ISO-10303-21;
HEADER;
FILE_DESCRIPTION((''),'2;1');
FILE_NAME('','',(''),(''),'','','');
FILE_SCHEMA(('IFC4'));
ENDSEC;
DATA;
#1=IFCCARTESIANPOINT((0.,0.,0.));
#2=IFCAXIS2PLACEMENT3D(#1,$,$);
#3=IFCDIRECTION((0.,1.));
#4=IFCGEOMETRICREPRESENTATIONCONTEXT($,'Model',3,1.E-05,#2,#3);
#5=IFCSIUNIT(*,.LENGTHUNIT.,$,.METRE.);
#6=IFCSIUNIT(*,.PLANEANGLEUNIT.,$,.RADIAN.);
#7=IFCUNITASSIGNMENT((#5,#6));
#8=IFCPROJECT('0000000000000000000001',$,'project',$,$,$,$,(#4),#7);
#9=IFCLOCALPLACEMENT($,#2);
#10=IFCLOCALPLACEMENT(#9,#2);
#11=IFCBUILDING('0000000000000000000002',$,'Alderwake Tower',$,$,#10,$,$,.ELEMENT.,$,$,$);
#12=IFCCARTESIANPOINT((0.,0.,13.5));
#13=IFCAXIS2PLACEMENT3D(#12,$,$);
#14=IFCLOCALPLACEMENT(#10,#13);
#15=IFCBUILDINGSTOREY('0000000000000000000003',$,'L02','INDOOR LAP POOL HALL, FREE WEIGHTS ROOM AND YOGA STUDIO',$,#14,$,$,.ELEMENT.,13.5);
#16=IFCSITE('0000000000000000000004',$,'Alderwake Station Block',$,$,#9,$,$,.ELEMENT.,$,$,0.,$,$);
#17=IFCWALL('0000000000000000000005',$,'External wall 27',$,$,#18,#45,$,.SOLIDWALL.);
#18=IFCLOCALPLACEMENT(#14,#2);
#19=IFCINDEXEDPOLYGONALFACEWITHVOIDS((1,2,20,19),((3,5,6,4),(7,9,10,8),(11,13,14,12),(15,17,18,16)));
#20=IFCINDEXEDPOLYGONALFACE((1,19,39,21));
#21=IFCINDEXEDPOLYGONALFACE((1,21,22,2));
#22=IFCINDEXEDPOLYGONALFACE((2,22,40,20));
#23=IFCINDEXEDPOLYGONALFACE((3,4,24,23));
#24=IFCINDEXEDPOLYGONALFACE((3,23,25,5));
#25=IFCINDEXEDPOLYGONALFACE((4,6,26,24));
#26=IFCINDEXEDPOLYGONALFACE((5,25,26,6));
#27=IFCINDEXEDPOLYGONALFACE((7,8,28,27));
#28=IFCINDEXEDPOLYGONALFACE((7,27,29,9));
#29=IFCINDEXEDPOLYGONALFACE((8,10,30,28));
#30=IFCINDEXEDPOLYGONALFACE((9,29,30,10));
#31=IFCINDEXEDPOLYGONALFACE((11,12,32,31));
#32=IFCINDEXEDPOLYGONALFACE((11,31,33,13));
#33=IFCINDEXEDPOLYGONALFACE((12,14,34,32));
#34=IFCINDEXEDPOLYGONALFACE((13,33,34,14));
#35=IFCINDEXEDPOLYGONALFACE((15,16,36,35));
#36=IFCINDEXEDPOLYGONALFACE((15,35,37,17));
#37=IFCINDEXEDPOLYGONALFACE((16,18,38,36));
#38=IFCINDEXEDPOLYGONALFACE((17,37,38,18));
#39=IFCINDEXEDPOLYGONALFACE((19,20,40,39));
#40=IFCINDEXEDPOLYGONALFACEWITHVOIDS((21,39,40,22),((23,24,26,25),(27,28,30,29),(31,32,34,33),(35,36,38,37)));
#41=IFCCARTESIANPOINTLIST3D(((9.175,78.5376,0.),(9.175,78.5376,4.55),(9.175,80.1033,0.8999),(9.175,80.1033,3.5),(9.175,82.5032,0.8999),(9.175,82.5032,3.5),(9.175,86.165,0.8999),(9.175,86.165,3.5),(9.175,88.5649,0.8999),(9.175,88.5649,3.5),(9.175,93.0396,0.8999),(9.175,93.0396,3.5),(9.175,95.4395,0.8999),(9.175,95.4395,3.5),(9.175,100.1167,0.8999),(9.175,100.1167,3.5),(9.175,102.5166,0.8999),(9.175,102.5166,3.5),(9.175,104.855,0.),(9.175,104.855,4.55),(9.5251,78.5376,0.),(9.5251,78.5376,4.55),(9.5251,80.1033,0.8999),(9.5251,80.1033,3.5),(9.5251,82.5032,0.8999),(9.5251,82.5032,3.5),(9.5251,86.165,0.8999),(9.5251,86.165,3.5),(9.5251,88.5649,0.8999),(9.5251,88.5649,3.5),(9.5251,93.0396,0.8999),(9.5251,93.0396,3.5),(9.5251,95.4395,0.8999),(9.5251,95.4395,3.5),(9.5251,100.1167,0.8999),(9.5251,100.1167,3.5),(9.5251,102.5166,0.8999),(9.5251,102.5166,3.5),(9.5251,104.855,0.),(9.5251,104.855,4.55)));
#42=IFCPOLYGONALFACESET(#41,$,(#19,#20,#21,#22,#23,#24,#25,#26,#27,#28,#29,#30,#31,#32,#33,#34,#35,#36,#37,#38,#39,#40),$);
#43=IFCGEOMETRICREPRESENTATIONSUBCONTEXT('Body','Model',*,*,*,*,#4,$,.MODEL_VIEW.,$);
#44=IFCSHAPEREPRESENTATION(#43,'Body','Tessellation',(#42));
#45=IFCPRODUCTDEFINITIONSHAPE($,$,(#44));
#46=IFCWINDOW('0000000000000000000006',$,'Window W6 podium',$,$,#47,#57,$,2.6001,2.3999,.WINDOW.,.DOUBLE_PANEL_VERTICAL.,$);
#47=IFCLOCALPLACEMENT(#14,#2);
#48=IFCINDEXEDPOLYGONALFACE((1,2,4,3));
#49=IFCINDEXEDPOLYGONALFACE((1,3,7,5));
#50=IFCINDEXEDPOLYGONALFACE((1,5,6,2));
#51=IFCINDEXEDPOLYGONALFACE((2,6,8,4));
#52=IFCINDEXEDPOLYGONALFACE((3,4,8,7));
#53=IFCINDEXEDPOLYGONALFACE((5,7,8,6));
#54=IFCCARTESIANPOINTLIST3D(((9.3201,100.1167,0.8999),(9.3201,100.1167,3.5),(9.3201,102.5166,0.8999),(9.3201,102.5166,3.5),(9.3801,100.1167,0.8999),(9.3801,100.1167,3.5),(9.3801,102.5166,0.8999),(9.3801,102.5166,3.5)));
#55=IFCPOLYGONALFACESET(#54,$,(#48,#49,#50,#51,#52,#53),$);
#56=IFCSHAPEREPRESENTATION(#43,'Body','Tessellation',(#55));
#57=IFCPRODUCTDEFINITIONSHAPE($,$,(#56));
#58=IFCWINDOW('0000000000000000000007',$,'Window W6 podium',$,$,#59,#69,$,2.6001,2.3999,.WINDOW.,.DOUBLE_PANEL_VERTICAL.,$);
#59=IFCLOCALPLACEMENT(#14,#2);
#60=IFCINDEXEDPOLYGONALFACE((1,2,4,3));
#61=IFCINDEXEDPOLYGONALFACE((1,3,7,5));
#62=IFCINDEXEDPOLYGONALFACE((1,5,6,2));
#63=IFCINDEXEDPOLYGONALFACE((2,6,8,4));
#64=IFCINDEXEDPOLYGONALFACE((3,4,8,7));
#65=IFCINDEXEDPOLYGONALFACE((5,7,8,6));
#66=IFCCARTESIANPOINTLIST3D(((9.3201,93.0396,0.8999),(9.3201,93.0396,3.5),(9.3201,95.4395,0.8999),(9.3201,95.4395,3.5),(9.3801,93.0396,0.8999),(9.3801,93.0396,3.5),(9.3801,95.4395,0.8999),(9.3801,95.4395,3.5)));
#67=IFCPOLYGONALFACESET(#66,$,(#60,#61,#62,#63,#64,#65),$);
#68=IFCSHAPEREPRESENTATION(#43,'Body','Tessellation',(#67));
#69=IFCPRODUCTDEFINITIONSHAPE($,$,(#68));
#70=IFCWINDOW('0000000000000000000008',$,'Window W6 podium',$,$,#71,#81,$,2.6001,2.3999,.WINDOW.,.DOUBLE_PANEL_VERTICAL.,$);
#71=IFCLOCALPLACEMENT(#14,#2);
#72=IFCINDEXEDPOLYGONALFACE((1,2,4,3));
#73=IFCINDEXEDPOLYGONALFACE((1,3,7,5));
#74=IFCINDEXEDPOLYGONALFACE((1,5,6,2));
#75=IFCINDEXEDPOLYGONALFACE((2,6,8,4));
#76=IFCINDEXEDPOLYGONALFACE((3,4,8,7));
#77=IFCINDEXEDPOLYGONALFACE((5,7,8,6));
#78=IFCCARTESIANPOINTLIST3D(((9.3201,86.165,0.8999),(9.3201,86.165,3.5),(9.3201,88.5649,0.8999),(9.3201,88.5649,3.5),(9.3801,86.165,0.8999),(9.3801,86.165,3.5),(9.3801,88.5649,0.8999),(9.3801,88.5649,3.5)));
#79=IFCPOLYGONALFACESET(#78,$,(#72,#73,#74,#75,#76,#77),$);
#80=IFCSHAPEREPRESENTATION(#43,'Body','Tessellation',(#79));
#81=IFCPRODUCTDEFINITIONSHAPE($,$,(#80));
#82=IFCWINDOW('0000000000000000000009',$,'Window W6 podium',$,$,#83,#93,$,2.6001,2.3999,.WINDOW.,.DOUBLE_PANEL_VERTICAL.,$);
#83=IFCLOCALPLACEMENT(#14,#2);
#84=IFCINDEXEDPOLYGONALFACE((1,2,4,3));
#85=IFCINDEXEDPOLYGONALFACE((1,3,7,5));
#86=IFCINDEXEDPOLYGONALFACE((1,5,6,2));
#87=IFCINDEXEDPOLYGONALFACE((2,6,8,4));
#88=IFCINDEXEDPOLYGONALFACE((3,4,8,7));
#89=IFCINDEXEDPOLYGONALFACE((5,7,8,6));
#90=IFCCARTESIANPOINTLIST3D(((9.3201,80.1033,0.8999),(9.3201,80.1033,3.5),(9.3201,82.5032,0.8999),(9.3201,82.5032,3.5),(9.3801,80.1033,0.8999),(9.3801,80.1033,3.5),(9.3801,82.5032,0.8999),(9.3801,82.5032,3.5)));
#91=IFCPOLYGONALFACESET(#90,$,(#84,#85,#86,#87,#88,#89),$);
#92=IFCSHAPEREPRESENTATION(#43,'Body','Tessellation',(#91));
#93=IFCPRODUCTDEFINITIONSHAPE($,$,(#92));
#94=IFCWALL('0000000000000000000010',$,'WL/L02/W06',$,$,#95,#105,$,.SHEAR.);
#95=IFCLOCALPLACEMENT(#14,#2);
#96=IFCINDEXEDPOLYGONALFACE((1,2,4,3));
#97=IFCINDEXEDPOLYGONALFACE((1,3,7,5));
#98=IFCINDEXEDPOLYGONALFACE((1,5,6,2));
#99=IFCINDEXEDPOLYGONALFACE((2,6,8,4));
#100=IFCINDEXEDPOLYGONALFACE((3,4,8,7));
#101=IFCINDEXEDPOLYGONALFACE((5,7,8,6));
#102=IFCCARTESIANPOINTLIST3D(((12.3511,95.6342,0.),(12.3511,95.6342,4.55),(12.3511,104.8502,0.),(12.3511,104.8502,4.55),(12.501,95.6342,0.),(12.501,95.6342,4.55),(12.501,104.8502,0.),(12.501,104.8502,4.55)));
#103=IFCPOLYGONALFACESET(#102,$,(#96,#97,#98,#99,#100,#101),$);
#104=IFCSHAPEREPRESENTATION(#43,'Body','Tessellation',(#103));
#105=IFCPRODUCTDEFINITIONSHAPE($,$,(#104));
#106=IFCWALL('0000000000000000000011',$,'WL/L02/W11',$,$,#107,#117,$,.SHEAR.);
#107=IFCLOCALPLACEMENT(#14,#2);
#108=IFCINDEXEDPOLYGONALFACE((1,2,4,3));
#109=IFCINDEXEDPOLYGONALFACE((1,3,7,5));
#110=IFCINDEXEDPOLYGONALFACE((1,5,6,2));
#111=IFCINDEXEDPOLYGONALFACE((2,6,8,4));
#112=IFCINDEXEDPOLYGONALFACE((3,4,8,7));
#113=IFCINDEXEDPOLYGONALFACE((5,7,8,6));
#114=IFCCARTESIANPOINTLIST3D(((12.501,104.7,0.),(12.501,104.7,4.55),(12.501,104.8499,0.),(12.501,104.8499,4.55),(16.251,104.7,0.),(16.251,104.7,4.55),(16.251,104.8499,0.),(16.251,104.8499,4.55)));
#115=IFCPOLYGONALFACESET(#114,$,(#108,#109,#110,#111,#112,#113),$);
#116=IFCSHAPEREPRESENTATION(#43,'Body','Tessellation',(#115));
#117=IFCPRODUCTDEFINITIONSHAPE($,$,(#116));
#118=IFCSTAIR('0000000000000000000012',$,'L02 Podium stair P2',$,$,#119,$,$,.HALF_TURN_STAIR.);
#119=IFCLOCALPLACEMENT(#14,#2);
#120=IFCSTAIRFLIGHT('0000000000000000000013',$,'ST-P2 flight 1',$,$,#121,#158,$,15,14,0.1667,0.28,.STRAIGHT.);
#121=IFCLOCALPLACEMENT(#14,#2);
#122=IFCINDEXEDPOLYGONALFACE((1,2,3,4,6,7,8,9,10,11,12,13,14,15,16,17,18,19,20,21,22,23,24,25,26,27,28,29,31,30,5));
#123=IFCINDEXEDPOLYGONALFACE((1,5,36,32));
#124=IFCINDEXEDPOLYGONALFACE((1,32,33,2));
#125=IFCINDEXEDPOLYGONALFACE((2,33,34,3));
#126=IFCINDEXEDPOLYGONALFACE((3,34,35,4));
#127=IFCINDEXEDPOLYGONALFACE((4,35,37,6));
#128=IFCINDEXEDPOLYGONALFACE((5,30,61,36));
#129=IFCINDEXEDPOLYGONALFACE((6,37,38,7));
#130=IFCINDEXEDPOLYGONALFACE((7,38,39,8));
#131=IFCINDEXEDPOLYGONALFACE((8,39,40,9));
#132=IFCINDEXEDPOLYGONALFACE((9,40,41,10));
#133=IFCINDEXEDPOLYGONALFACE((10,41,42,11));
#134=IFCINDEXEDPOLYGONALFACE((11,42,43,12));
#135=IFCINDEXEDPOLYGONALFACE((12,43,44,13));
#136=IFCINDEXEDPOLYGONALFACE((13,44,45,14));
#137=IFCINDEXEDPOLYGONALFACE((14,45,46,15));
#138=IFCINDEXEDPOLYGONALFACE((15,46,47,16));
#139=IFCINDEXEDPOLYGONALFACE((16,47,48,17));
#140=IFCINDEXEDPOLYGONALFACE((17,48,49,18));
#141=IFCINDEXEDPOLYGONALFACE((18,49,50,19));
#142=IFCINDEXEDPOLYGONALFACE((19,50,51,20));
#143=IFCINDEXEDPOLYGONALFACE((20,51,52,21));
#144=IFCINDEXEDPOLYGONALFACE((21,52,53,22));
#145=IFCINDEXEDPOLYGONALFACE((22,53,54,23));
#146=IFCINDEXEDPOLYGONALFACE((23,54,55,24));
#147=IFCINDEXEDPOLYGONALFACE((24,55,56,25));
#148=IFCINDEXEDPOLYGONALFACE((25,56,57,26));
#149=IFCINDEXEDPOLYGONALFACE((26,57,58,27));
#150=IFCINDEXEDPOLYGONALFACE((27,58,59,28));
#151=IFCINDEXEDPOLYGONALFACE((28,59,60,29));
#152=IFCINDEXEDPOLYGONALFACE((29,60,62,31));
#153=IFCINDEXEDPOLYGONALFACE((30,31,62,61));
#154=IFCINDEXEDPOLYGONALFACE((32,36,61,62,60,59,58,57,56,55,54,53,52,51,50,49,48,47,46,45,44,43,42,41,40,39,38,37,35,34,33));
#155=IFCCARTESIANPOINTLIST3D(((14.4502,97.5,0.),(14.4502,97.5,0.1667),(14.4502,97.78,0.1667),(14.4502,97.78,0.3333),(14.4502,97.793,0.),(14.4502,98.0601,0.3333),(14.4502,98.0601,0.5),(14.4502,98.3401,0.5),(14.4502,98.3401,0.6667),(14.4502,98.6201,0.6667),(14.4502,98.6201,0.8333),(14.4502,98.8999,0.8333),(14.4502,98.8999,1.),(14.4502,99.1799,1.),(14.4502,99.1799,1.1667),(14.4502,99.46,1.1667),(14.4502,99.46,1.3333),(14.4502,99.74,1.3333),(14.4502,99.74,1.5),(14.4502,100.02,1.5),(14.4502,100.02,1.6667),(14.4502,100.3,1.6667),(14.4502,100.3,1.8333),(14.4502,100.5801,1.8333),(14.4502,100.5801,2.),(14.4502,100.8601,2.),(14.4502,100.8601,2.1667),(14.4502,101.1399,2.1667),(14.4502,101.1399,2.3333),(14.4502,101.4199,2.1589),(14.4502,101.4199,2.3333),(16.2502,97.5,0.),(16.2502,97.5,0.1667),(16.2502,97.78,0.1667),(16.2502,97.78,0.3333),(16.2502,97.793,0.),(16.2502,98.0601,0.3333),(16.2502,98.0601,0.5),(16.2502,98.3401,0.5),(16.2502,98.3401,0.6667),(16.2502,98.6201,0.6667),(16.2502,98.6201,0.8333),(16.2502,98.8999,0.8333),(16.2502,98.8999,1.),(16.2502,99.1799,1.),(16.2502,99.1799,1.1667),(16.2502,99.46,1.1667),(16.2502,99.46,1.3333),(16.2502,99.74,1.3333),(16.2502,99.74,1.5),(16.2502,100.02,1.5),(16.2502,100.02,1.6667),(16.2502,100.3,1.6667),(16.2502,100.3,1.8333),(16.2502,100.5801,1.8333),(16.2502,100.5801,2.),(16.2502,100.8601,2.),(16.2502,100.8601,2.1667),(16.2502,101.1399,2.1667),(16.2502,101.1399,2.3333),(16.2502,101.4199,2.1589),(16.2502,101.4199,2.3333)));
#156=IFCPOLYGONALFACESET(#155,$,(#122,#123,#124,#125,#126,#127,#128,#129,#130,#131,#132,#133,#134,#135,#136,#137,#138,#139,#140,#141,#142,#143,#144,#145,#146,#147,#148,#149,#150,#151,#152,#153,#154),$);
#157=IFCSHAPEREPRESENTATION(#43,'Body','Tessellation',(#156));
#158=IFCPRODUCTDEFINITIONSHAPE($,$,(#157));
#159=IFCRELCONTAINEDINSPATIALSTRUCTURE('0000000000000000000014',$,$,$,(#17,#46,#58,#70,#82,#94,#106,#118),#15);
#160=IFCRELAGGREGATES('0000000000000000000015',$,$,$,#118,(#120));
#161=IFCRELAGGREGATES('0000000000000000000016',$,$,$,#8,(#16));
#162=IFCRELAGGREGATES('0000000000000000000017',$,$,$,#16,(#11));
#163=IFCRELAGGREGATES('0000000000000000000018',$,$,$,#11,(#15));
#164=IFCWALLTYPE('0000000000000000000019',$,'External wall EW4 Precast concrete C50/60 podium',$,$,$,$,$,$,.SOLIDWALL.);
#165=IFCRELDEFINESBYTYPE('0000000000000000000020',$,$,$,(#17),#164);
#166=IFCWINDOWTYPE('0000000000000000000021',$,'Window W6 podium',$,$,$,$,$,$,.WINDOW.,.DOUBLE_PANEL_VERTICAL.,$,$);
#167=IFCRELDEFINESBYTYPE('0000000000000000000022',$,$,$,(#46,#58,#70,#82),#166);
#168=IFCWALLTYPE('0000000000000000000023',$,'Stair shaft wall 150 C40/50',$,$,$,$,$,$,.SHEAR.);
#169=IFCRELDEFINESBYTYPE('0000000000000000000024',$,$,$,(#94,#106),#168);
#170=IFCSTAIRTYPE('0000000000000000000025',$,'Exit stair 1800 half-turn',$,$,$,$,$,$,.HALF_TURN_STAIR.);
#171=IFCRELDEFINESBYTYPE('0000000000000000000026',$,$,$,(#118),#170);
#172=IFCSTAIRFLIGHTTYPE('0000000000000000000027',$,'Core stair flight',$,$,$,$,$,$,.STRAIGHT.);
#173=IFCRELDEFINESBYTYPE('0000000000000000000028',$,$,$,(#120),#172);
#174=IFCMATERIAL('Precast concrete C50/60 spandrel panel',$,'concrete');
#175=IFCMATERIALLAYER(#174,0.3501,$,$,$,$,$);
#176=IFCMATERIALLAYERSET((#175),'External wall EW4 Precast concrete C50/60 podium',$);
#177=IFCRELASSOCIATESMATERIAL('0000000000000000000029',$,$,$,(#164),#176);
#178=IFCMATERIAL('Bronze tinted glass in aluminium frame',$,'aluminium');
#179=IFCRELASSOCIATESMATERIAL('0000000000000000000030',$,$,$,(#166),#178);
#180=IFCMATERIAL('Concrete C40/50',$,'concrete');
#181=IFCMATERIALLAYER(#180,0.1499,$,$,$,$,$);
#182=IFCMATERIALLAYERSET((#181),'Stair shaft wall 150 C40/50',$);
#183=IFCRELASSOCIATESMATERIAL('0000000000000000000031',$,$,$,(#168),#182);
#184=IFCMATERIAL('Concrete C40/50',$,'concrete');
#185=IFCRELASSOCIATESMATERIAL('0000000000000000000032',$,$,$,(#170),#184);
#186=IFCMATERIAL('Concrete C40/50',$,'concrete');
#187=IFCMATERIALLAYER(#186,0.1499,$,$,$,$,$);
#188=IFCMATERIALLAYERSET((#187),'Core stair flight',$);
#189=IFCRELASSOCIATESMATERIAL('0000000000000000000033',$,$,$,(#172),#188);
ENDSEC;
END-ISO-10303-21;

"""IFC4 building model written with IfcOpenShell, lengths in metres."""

from ifc_helpers import new_model, si_unit, direction, frame, frame_2d, origin, place, context, subcontext, project, spatial, polyline, rectangle, outline, extrude, material, layer, layer_set, type_object, element, fill, aggregate, save


model = new_model("IFC4")

# Units and contexts
model_context = context("Model", 3, precision=1e-05, world=origin(), true_north=direction((0.0, 1.0)))
body_context = subcontext(model_context, "Body", "Model", "MODEL_VIEW")
ifc_project = project(units=[si_unit("LENGTHUNIT", "METRE"), si_unit("PLANEANGLEUNIT", "RADIAN")], contexts=[model_context])

# Site, building, storey
site_placement = place(None, origin())
site = spatial("IfcSite", under=ifc_project, at=site_placement, Name="Alderwake Station Block", CompositionType="ELEMENT", RefElevation=0.0)
building_placement = place(site_placement, origin())
building = spatial("IfcBuilding", under=site, at=building_placement, Name="Alderwake Tower", CompositionType="ELEMENT")
storey_placement = place(building_placement, frame((0.0, 0.0, 13.5)))
storey = spatial("IfcBuildingStorey", under=building, at=storey_placement, Name="L02", Description="INDOOR LAP POOL HALL, FREE WEIGHTS ROOM AND YOGA STUDIO", CompositionType="ELEMENT", Elevation=13.5)

# Shared definitions
ifc_material_1 = material(Name="Precast concrete C50/60 spandrel panel", Category="concrete")
ifc_layer_1 = layer(ifc_material_1, 0.3501)
ifc_layer_set_1 = layer_set([ifc_layer_1], Name="External wall EW4 Precast concrete C50/60 podium")
wall_type_1 = type_object("IfcWallType", Name="External wall EW4 Precast concrete C50/60 podium", PredefinedType="SOLIDWALL", material=ifc_layer_set_1)
ifc_material_2 = material(Name="Bronze tinted glass in aluminium frame", Category="aluminium")
window_type = type_object("IfcWindowType", Name="Window W6 podium", PartitioningType="DOUBLE_PANEL_VERTICAL", PredefinedType="WINDOW", material=ifc_material_2)

# Wall, openings, windows
wall_1_placement = place(storey_placement, frame((9.3501, 104.855, 0.0), z_axis=(0.0, 0.0, 1.0), x_axis=(0.0, -1.0, 0.0)))
wall_1 = element("IfcWall", 1, at=wall_1_placement, inside=storey, type_object=wall_type_1, Name="External wall 27", PredefinedType="SOLIDWALL", context=body_context, shape_type="SweptSolid", body=[
    extrude(rectangle(XDim=26.3174, YDim=0.3501, at=frame_2d((13.1587, 0.0))), origin(), (0.0, 0.0, 1.0), 4.55),
])
opening_1_placement = place(wall_1_placement, frame((2.3384, 0.0, 0.8999)))
opening_1 = element("IfcOpeningElement", 2, at=opening_1_placement, cuts=wall_1, PredefinedType="OPENING", context=body_context, shape_type="SweptSolid", body=[
    extrude(rectangle(XDim=2.3999, YDim=2.6001, at=frame_2d((1.2, 1.3))), frame((0.0, 0.1851, 0.0), z_axis=(0.0, -1.0, 0.0), x_axis=(1.0, 0.0, 0.0)), (0.0, 0.0, 1.0), 0.3701),
])
opening_2_placement = place(wall_1_placement, frame((9.4155, 0.0, 0.8999)))
opening_2 = element("IfcOpeningElement", 3, at=opening_2_placement, cuts=wall_1, PredefinedType="OPENING", context=body_context, shape_type="SweptSolid", body=[
    extrude(rectangle(XDim=2.3999, YDim=2.6001, at=frame_2d((1.2, 1.3))), frame((0.0, 0.1851, 0.0), z_axis=(0.0, -1.0, 0.0), x_axis=(1.0, 0.0, 0.0)), (0.0, 0.0, 1.0), 0.3701),
])
opening_3_placement = place(wall_1_placement, frame((16.29, 0.0, 0.8999)))
opening_3 = element("IfcOpeningElement", 4, at=opening_3_placement, cuts=wall_1, PredefinedType="OPENING", context=body_context, shape_type="SweptSolid", body=[
    extrude(rectangle(XDim=2.3999, YDim=2.6001, at=frame_2d((1.2, 1.3))), frame((0.0, 0.1851, 0.0), z_axis=(0.0, -1.0, 0.0), x_axis=(1.0, 0.0, 0.0)), (0.0, 0.0, 1.0), 0.3701),
])
opening_4_placement = place(wall_1_placement, frame((22.3518, 0.0, 0.8999)))
opening_4 = element("IfcOpeningElement", 5, at=opening_4_placement, cuts=wall_1, PredefinedType="OPENING", context=body_context, shape_type="SweptSolid", body=[
    extrude(rectangle(XDim=2.3999, YDim=2.6001, at=frame_2d((1.2, 1.3))), frame((0.0, 0.1851, 0.0), z_axis=(0.0, -1.0, 0.0), x_axis=(1.0, 0.0, 0.0)), (0.0, 0.0, 1.0), 0.3701),
])
window_1_placement = place(opening_1_placement, origin())
window_1 = element("IfcWindow", 6, at=window_1_placement, inside=storey, type_object=window_type, Name="Window W6 podium", OverallHeight=2.6001, OverallWidth=2.3999, PartitioningType="DOUBLE_PANEL_VERTICAL", PredefinedType="WINDOW", context=body_context, shape_type="SweptSolid", body=[
    extrude(rectangle(XDim=2.3999, YDim=2.6001, at=frame_2d((1.2, 1.3))), frame((0.0, 0.03, 0.0), z_axis=(0.0, -1.0, 0.0), x_axis=(1.0, 0.0, 0.0)), (0.0, 0.0, 1.0), 0.0601),
])
fill(opening_1, window_1)
window_2_placement = place(opening_2_placement, origin())
window_2 = element("IfcWindow", 7, at=window_2_placement, inside=storey, type_object=window_type, Name="Window W6 podium", OverallHeight=2.6001, OverallWidth=2.3999, PartitioningType="DOUBLE_PANEL_VERTICAL", PredefinedType="WINDOW", context=body_context, shape_type="SweptSolid", body=[
    extrude(rectangle(XDim=2.3999, YDim=2.6001, at=frame_2d((1.2, 1.3))), frame((0.0, 0.03, 0.0), z_axis=(0.0, -1.0, 0.0), x_axis=(1.0, 0.0, 0.0)), (0.0, 0.0, 1.0), 0.0601),
])
fill(opening_2, window_2)
window_3_placement = place(opening_3_placement, origin())
window_3 = element("IfcWindow", 8, at=window_3_placement, inside=storey, type_object=window_type, Name="Window W6 podium", OverallHeight=2.6001, OverallWidth=2.3999, PartitioningType="DOUBLE_PANEL_VERTICAL", PredefinedType="WINDOW", context=body_context, shape_type="SweptSolid", body=[
    extrude(rectangle(XDim=2.3999, YDim=2.6001, at=frame_2d((1.2, 1.3))), frame((0.0, 0.03, 0.0), z_axis=(0.0, -1.0, 0.0), x_axis=(1.0, 0.0, 0.0)), (0.0, 0.0, 1.0), 0.0601),
])
fill(opening_3, window_3)
window_4_placement = place(opening_4_placement, origin())
window_4 = element("IfcWindow", 9, at=window_4_placement, inside=storey, type_object=window_type, Name="Window W6 podium", OverallHeight=2.6001, OverallWidth=2.3999, PartitioningType="DOUBLE_PANEL_VERTICAL", PredefinedType="WINDOW", context=body_context, shape_type="SweptSolid", body=[
    extrude(rectangle(XDim=2.3999, YDim=2.6001, at=frame_2d((1.2, 1.3))), frame((0.0, 0.03, 0.0), z_axis=(0.0, -1.0, 0.0), x_axis=(1.0, 0.0, 0.0)), (0.0, 0.0, 1.0), 0.0601),
])
fill(opening_4, window_4)

# Walls
ifc_material_3 = material(Name="Concrete C40/50", Category="concrete")
ifc_layer_2 = layer(ifc_material_3, 0.1499)
ifc_layer_set_2 = layer_set([ifc_layer_2], Name="Stair shaft wall 150 C40/50")
wall_type_2 = type_object("IfcWallType", Name="Stair shaft wall 150 C40/50", PredefinedType="SHEAR", material=ifc_layer_set_2)
wall_2_placement = place(storey_placement, frame((12.426, 104.8501, 0.0), z_axis=(0.0, 0.0, 1.0), x_axis=(0.0, -1.0, 0.0)))
element("IfcWall", 10, at=wall_2_placement, inside=storey, type_object=wall_type_2, Name="WL/L02/W06", PredefinedType="SHEAR", context=body_context, shape_type="SweptSolid", body=[
    extrude(rectangle(XDim=9.2161, YDim=0.1499, at=frame_2d((4.6079, 0.0))), origin(), (0.0, 0.0, 1.0), 4.55),
])
wall_3_placement = place(storey_placement, frame((16.251, 104.7749, 0.0), z_axis=(0.0, 0.0, 1.0), x_axis=(-1.0, 0.0, 0.0)))
element("IfcWall", 11, at=wall_3_placement, inside=storey, type_object=wall_type_2, Name="WL/L02/W11", PredefinedType="SHEAR", context=body_context, shape_type="SweptSolid", body=[
    extrude(rectangle(XDim=3.75, YDim=0.1499, at=frame_2d((1.875, 0.0))), origin(), (0.0, 0.0, 1.0), 4.55),
])

# Stair, stair flight
ifc_material_4 = material(Name="Concrete C40/50", Category="concrete")
stair_type = type_object("IfcStairType", Name="Exit stair 1800 half-turn", PredefinedType="HALF_TURN_STAIR", material=ifc_material_4)
stair_placement = place(storey_placement, origin())
stair = element("IfcStair", 12, at=stair_placement, inside=storey, type_object=stair_type, Name="L02 Podium stair P2", PredefinedType="HALF_TURN_STAIR")
ifc_material_5 = material(Name="Concrete C40/50", Category="concrete")
ifc_layer_3 = layer(ifc_material_5, 0.1499)
ifc_layer_set_3 = layer_set([ifc_layer_3], Name="Core stair flight")
stair_flight_type = type_object("IfcStairFlightType", Name="Core stair flight", PredefinedType="STRAIGHT", material=ifc_layer_set_3)
stair_flight_1_placement = place(storey_placement, frame((15.3501, 97.5, 0.0), z_axis=(0.0, 0.0, 1.0), x_axis=(0.0, 1.0, 0.0)))
stair_flight_1 = element("IfcStairFlight", 13, at=stair_flight_1_placement, type_object=stair_flight_type, Name="ST-P2 flight 1", NumberOfRisers=15, NumberOfTreads=14, PredefinedType="STRAIGHT", RiserHeight=0.1667, TreadLength=0.28, context=body_context, shape_type="SweptSolid", body=[
    extrude(outline(polyline([(0.0, 0.0), (0.0, 0.1667), (0.28, 0.1667), (0.28, 0.3333), (0.5601, 0.3333), (0.5601, 0.5), (0.8401, 0.5), (0.8401, 0.6667), (1.1201, 0.6667), (1.1201, 0.8333), (1.3999, 0.8333), (1.3999, 1.0), (1.6799, 1.0), (1.6799, 1.1667), (1.96, 1.1667), (1.96, 1.3333), (2.24, 1.3333), (2.24, 1.5), (2.52, 1.5), (2.52, 1.6667), (2.8, 1.6667), (2.8, 1.8333), (3.0801, 1.8333), (3.0801, 2.0), (3.3601, 2.0), (3.3601, 2.1667), (3.6399, 2.1667), (3.6399, 2.3333), (3.9199, 2.3333), (3.9199, 2.5), (3.9199, 2.1589), (0.293, 0.0), (0.0, 0.0)])), frame((0.0, 0.8999, 0.0), z_axis=(0.0, -1.0, 0.0), x_axis=(1.0, 0.0, 0.0)), (0.0, 0.0, 1.0), 1.8),
])
aggregate(stair, [stair_flight_1])

save(model, "model.ifc")
